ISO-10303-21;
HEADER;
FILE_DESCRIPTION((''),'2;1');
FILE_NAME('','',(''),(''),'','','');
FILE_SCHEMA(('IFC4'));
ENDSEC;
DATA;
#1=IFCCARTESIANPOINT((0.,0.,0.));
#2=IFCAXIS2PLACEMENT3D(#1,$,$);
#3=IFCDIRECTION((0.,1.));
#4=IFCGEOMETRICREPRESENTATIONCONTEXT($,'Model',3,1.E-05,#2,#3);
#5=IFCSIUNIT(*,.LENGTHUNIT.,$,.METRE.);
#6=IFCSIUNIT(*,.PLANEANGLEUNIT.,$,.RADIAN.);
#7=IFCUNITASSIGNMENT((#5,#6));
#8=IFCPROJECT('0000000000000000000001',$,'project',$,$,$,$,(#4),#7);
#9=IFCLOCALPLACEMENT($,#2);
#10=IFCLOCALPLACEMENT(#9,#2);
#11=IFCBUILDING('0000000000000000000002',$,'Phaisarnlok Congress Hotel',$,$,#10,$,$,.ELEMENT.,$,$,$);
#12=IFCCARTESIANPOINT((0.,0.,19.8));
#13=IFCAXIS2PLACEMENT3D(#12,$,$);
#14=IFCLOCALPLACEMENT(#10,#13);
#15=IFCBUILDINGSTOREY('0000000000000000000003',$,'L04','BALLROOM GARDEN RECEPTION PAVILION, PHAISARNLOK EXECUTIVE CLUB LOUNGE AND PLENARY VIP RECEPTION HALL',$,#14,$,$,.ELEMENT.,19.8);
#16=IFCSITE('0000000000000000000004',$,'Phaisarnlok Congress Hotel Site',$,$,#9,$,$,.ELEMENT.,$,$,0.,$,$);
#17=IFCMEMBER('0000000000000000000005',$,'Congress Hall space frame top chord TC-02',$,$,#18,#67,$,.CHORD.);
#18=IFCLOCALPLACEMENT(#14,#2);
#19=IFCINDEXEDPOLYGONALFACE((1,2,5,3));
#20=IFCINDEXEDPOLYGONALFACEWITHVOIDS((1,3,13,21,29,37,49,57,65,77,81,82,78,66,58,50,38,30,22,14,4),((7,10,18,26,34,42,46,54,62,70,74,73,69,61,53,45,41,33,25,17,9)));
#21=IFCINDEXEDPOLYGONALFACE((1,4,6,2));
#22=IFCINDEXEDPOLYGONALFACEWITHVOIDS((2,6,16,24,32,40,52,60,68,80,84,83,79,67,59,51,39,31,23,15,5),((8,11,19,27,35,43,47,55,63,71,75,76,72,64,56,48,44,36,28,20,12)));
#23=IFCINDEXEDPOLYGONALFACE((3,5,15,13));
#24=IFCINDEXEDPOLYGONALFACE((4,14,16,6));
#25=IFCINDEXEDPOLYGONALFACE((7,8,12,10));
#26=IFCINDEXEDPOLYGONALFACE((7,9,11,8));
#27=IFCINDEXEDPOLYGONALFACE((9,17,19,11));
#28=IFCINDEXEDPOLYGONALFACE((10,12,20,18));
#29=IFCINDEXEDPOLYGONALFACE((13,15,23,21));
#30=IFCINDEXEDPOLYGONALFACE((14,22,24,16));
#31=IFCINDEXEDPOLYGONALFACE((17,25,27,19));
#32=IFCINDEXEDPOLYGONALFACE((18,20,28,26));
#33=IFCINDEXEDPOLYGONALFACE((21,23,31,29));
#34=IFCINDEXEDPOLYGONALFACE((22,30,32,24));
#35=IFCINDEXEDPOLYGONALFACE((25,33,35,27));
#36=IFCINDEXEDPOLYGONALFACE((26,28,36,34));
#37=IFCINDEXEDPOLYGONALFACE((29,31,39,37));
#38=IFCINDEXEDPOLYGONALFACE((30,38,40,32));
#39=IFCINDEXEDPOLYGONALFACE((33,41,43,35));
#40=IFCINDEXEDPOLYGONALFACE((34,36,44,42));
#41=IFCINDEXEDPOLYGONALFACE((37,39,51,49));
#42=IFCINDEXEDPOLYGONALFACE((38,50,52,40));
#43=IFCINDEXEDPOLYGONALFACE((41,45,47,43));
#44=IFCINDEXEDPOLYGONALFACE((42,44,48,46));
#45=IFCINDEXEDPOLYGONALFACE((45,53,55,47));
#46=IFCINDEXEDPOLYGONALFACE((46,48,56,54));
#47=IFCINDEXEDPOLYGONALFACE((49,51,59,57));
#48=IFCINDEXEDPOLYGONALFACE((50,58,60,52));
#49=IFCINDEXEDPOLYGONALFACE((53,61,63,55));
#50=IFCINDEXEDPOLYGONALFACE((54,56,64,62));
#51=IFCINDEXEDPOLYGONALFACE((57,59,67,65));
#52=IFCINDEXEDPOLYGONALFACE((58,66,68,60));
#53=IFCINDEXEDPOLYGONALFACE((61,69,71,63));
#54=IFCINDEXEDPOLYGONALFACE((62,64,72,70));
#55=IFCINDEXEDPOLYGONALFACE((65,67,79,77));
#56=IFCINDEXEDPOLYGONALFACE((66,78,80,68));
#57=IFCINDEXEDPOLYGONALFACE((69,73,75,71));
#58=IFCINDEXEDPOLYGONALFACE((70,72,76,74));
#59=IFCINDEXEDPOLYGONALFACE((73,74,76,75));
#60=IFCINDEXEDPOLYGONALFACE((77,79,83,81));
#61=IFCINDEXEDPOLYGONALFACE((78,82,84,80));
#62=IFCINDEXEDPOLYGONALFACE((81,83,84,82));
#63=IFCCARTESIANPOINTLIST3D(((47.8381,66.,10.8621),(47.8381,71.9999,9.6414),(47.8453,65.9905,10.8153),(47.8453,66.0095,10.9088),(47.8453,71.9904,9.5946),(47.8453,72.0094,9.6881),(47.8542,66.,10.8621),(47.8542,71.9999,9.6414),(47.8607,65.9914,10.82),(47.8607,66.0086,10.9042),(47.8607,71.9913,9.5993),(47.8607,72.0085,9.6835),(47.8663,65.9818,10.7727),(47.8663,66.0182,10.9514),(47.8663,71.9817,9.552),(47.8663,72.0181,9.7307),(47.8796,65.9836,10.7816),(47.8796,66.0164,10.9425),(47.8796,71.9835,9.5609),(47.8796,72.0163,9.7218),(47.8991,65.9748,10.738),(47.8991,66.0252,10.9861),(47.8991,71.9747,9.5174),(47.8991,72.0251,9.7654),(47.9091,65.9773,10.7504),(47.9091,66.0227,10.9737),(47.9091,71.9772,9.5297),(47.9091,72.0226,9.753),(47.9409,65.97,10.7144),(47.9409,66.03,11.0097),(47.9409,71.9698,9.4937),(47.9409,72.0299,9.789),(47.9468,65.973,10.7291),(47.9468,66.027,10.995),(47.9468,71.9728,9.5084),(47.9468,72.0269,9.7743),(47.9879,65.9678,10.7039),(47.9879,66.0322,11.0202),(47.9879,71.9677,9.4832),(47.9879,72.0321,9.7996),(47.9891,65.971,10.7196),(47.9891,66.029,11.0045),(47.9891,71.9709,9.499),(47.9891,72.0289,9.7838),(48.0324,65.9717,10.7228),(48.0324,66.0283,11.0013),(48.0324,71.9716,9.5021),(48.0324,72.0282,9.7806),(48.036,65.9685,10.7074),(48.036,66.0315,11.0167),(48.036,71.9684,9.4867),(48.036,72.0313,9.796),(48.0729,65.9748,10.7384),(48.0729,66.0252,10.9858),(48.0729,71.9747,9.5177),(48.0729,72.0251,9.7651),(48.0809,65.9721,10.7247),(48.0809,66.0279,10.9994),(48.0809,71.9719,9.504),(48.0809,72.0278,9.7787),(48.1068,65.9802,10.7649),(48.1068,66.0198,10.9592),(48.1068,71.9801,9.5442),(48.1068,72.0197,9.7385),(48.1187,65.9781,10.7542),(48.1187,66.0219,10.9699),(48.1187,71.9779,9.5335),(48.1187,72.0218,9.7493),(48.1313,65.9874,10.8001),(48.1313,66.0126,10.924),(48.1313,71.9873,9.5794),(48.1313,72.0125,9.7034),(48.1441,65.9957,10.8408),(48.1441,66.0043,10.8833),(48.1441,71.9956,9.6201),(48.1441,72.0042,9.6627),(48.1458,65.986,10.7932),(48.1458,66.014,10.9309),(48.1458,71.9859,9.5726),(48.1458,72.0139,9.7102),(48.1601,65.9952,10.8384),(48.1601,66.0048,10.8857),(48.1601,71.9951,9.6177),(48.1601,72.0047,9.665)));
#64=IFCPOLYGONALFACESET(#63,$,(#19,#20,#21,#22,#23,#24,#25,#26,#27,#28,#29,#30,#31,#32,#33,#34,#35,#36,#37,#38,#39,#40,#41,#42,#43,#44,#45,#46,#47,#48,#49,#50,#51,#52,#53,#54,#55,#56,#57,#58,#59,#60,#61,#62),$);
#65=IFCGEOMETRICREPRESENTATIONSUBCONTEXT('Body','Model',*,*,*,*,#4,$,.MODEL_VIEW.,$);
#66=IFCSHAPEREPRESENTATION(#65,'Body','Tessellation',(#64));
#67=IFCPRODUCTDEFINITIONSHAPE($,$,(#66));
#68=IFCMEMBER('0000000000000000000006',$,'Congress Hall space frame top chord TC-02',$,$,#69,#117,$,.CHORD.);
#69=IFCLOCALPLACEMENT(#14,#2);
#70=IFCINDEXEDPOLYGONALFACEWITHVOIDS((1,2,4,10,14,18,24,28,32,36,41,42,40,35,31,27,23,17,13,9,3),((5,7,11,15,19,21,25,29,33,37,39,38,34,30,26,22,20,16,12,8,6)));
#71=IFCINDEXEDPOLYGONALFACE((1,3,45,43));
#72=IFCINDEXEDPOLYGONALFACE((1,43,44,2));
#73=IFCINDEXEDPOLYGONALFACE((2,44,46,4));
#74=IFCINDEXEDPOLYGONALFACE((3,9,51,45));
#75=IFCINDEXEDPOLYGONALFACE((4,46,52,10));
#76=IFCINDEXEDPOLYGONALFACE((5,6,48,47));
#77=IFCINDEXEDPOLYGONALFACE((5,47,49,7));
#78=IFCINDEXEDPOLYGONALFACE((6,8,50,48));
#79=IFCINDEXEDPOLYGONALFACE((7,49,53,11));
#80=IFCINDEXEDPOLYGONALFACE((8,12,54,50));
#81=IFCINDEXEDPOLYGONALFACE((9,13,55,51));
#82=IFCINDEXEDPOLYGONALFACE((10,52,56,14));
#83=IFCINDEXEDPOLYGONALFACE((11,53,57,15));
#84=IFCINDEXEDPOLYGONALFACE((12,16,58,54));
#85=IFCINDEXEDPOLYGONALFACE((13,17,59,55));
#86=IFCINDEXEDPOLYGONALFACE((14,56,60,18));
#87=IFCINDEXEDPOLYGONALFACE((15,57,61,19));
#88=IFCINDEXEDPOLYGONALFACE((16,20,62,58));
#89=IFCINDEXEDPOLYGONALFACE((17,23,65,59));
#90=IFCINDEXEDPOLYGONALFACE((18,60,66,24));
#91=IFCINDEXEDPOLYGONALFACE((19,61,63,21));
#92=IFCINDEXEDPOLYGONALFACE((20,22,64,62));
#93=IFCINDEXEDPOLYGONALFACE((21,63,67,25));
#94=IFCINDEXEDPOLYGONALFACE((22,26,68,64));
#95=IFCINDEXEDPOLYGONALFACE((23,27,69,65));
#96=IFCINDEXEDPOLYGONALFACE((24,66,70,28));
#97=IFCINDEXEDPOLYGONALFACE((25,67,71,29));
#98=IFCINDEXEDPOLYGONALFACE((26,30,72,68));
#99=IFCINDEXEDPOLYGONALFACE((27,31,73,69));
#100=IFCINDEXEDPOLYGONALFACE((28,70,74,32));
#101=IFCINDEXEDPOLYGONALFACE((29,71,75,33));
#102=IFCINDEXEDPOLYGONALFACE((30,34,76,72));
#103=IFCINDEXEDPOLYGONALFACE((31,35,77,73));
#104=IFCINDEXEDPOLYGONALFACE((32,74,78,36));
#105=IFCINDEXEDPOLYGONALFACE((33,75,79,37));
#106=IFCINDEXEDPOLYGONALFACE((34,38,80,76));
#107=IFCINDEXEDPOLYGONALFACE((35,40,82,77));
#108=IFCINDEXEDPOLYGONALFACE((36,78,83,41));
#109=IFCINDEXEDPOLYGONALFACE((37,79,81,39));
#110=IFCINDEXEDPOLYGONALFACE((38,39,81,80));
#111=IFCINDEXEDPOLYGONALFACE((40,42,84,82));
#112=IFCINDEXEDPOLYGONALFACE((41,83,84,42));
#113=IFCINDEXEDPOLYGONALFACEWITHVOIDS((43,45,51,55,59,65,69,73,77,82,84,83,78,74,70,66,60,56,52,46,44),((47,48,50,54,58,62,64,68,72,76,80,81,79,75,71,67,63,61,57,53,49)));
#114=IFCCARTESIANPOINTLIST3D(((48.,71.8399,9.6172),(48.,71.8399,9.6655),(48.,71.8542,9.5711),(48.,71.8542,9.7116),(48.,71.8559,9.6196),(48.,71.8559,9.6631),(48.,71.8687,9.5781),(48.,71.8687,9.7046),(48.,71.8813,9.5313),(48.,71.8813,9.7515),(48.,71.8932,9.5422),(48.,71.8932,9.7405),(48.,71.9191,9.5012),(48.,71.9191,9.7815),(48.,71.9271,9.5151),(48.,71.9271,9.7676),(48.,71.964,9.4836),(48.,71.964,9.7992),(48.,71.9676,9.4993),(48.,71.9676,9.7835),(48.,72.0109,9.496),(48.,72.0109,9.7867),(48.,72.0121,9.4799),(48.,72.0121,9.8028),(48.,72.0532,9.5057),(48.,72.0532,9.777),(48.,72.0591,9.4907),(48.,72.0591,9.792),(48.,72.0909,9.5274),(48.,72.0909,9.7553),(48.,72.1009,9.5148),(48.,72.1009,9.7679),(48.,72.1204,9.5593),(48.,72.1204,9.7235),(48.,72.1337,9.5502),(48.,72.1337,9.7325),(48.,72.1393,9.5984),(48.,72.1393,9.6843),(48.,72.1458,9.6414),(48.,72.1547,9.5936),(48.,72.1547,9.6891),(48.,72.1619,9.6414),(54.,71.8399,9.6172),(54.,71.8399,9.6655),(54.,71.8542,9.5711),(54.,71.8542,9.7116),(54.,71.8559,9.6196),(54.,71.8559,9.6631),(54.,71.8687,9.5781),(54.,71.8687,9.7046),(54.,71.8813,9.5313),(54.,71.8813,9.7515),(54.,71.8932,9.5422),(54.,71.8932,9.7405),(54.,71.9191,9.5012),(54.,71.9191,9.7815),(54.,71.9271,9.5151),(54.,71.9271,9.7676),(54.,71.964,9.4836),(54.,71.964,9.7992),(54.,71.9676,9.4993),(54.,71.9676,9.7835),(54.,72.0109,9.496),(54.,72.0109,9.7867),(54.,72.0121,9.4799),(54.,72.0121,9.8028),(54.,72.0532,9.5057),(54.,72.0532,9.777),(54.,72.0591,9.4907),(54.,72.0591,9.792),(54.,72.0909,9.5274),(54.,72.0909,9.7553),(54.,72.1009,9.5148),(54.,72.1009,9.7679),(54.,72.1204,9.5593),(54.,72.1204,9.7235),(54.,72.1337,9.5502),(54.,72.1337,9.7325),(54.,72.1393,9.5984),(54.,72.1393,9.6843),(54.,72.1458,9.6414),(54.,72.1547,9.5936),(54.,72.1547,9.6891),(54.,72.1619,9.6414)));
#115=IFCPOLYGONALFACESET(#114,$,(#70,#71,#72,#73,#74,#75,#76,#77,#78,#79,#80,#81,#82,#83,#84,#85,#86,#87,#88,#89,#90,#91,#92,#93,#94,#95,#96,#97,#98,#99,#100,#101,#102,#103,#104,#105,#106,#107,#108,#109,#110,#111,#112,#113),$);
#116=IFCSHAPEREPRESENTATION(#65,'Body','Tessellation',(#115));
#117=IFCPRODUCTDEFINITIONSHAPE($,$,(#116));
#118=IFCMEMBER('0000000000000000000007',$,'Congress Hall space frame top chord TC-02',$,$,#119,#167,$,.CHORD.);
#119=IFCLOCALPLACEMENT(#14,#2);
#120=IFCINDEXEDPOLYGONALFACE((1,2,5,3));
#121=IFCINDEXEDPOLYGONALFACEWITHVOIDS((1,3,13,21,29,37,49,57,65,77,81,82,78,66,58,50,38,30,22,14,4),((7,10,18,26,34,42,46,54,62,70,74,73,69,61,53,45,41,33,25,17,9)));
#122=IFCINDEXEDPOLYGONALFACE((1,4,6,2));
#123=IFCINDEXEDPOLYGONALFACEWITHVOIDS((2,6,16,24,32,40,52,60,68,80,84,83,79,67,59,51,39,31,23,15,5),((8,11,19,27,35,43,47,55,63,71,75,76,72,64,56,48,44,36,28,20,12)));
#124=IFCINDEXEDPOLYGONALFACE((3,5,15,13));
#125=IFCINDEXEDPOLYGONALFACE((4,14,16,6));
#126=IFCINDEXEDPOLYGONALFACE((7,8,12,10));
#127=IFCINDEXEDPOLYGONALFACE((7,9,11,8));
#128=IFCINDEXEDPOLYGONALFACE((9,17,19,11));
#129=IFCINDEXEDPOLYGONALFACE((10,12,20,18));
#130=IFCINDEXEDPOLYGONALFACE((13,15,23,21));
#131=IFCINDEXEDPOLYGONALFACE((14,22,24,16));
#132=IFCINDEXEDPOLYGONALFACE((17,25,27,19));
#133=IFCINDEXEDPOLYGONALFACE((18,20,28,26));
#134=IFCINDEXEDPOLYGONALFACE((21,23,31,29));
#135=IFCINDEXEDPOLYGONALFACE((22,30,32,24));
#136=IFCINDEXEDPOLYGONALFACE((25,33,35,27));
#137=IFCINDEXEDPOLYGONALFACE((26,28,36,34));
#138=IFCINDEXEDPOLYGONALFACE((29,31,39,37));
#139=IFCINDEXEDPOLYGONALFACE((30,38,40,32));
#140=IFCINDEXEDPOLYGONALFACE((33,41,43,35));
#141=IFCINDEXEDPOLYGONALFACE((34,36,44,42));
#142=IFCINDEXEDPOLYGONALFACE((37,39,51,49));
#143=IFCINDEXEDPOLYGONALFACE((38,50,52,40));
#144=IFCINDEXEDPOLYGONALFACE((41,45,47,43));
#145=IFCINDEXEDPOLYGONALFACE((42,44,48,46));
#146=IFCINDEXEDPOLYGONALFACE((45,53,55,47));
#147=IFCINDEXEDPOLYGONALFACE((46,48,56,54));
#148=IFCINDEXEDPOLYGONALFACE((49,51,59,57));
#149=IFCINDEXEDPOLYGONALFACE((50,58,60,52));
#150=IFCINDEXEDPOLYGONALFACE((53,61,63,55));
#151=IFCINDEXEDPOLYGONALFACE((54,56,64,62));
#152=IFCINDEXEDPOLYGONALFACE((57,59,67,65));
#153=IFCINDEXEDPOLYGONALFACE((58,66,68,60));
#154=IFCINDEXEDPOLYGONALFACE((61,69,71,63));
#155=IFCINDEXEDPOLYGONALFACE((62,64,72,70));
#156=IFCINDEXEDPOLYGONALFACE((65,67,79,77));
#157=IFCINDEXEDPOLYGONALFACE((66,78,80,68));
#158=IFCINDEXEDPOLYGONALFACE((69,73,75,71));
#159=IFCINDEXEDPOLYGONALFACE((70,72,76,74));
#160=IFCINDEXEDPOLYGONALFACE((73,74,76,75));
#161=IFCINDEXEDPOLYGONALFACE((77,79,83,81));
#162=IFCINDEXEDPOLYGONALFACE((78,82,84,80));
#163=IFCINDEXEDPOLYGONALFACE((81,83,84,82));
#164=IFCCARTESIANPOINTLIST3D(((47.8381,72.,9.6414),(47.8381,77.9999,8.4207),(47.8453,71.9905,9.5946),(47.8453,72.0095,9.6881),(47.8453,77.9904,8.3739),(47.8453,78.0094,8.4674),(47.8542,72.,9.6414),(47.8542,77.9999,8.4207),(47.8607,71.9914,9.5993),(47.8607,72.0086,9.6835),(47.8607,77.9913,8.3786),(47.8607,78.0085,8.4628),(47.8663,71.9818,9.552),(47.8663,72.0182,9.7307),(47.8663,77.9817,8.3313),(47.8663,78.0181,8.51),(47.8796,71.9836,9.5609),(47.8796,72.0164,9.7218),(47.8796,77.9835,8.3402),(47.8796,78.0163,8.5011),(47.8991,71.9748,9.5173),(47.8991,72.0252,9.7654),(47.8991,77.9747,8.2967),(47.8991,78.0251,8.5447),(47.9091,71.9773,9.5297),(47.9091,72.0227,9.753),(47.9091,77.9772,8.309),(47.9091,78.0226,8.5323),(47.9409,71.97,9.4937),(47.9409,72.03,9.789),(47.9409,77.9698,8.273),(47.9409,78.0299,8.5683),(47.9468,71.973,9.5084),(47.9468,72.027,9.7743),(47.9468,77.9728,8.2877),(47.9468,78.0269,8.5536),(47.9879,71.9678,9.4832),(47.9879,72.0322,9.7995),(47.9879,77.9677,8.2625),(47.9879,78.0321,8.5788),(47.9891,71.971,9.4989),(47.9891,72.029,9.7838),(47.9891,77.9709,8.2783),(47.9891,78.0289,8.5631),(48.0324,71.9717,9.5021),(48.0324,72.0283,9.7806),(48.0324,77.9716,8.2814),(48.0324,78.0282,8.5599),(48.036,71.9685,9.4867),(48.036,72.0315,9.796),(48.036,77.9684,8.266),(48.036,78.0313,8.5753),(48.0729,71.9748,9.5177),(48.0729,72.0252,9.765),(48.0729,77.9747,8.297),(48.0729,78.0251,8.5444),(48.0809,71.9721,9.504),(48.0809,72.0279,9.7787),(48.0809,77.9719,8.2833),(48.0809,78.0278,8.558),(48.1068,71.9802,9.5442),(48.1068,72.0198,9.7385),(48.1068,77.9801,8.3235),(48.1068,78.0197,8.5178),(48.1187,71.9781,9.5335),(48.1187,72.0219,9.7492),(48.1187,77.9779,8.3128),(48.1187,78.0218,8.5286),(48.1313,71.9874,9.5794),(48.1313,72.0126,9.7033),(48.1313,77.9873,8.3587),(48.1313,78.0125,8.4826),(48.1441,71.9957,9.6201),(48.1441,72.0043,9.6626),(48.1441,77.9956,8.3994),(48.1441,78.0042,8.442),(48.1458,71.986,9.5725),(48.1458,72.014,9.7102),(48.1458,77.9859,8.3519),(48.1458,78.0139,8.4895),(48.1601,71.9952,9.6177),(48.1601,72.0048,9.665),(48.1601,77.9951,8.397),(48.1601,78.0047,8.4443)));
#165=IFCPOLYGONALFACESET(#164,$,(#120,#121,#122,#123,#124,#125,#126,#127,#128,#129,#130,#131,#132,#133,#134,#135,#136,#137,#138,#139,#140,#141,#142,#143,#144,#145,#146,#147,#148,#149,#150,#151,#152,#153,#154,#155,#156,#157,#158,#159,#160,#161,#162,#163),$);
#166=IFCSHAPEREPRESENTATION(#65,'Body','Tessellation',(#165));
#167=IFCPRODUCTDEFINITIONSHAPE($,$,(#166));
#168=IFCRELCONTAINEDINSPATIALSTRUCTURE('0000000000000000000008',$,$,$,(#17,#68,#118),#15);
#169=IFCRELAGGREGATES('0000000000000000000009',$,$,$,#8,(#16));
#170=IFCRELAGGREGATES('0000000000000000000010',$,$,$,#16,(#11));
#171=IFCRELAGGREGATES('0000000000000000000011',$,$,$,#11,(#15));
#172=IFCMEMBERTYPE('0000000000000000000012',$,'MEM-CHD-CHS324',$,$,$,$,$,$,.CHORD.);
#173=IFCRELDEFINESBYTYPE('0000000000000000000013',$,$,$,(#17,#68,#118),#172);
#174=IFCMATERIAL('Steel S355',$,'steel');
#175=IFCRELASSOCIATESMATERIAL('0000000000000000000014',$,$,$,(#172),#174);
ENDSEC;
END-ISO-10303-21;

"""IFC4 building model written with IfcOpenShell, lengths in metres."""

from ifc_helpers import new_model, si_unit, direction, frame, origin, origin_2d, place, context, subcontext, project, spatial, hollow_circle, extrude, material, material_profile, profile_set, type_object, element, save


model = new_model("IFC4")

# Units and contexts
model_context = context("Model", 3, precision=1e-05, world=origin(), true_north=direction((0.0, 1.0)))
body_context = subcontext(model_context, "Body", "Model", "MODEL_VIEW")
ifc_project = project(units=[si_unit("LENGTHUNIT", "METRE"), si_unit("PLANEANGLEUNIT", "RADIAN")], contexts=[model_context])

# Site, building, storey
site_placement = place(None, origin())
site = spatial("IfcSite", under=ifc_project, at=site_placement, Name="Phaisarnlok Congress Hotel Site", CompositionType="ELEMENT", RefElevation=0.0)
building_placement = place(site_placement, origin())
building = spatial("IfcBuilding", under=site, at=building_placement, Name="Phaisarnlok Congress Hotel", CompositionType="ELEMENT")
storey_placement = place(building_placement, frame((0.0, 0.0, 19.8)))
storey = spatial("IfcBuildingStorey", under=building, at=storey_placement, Name="L04", Description="BALLROOM GARDEN RECEPTION PAVILION, PHAISARNLOK EXECUTIVE CLUB LOUNGE AND PLENARY VIP RECEPTION HALL", CompositionType="ELEMENT", Elevation=19.8)

# Members
ifc_material = material(Name="Steel S355", Category="steel")
ifc_material_profile_1 = material_profile(ifc_material, hollow_circle(Radius=0.1619, WallThickness=0.0161, at=origin_2d()), Name="CHS 323.9x16")
ifc_profile_set_1 = profile_set([ifc_material_profile_1], Name="Steel S355")
member_type_1 = type_object("IfcMemberType", Name="MEM-CHD-CHS324", PredefinedType="CHORD", material=ifc_profile_set_1)
member_1_placement = place(storey_placement, frame((48.0, 66.0, 10.8621), z_axis=(0.0, 0.979925, -0.199366), x_axis=(-1.0, 0.0, 0.0)))
element("IfcMember", 1, at=member_1_placement, inside=storey, type_object=member_type_1, Name="Congress Hall space frame top chord TC-02", PredefinedType="CHORD", context=body_context, shape_type="SweptSolid", body=[
    extrude(hollow_circle(Radius=0.1619, WallThickness=0.0161, at=origin_2d()), origin(), (0.0, 0.0, 1.0), 6.1228),
])
member_2_placement = place(storey_placement, frame((48.0, 72.0, 9.6414), z_axis=(1.0, 0.0, 0.0), x_axis=(0.0, 1.0, 0.0)))
element("IfcMember", 2, at=member_2_placement, inside=storey, type_object=member_type_1, Name="Congress Hall space frame top chord TC-02", PredefinedType="CHORD", context=body_context, shape_type="SweptSolid", body=[
    extrude(hollow_circle(Radius=0.1619, WallThickness=0.0161, at=origin_2d()), origin(), (0.0, 0.0, 1.0), 6.0),
])
member_3_placement = place(storey_placement, frame((48.0, 72.0, 9.6414), z_axis=(0.0, 0.979925, -0.199366), x_axis=(-1.0, 0.0, 0.0)))
element("IfcMember", 3, at=member_3_placement, inside=storey, type_object=member_type_1, Name="Congress Hall space frame top chord TC-02", PredefinedType="CHORD", context=body_context, shape_type="SweptSolid", body=[
    extrude(hollow_circle(Radius=0.1619, WallThickness=0.0161, at=origin_2d()), origin(), (0.0, 0.0, 1.0), 6.1228),
])

save(model, "model.ifc")
